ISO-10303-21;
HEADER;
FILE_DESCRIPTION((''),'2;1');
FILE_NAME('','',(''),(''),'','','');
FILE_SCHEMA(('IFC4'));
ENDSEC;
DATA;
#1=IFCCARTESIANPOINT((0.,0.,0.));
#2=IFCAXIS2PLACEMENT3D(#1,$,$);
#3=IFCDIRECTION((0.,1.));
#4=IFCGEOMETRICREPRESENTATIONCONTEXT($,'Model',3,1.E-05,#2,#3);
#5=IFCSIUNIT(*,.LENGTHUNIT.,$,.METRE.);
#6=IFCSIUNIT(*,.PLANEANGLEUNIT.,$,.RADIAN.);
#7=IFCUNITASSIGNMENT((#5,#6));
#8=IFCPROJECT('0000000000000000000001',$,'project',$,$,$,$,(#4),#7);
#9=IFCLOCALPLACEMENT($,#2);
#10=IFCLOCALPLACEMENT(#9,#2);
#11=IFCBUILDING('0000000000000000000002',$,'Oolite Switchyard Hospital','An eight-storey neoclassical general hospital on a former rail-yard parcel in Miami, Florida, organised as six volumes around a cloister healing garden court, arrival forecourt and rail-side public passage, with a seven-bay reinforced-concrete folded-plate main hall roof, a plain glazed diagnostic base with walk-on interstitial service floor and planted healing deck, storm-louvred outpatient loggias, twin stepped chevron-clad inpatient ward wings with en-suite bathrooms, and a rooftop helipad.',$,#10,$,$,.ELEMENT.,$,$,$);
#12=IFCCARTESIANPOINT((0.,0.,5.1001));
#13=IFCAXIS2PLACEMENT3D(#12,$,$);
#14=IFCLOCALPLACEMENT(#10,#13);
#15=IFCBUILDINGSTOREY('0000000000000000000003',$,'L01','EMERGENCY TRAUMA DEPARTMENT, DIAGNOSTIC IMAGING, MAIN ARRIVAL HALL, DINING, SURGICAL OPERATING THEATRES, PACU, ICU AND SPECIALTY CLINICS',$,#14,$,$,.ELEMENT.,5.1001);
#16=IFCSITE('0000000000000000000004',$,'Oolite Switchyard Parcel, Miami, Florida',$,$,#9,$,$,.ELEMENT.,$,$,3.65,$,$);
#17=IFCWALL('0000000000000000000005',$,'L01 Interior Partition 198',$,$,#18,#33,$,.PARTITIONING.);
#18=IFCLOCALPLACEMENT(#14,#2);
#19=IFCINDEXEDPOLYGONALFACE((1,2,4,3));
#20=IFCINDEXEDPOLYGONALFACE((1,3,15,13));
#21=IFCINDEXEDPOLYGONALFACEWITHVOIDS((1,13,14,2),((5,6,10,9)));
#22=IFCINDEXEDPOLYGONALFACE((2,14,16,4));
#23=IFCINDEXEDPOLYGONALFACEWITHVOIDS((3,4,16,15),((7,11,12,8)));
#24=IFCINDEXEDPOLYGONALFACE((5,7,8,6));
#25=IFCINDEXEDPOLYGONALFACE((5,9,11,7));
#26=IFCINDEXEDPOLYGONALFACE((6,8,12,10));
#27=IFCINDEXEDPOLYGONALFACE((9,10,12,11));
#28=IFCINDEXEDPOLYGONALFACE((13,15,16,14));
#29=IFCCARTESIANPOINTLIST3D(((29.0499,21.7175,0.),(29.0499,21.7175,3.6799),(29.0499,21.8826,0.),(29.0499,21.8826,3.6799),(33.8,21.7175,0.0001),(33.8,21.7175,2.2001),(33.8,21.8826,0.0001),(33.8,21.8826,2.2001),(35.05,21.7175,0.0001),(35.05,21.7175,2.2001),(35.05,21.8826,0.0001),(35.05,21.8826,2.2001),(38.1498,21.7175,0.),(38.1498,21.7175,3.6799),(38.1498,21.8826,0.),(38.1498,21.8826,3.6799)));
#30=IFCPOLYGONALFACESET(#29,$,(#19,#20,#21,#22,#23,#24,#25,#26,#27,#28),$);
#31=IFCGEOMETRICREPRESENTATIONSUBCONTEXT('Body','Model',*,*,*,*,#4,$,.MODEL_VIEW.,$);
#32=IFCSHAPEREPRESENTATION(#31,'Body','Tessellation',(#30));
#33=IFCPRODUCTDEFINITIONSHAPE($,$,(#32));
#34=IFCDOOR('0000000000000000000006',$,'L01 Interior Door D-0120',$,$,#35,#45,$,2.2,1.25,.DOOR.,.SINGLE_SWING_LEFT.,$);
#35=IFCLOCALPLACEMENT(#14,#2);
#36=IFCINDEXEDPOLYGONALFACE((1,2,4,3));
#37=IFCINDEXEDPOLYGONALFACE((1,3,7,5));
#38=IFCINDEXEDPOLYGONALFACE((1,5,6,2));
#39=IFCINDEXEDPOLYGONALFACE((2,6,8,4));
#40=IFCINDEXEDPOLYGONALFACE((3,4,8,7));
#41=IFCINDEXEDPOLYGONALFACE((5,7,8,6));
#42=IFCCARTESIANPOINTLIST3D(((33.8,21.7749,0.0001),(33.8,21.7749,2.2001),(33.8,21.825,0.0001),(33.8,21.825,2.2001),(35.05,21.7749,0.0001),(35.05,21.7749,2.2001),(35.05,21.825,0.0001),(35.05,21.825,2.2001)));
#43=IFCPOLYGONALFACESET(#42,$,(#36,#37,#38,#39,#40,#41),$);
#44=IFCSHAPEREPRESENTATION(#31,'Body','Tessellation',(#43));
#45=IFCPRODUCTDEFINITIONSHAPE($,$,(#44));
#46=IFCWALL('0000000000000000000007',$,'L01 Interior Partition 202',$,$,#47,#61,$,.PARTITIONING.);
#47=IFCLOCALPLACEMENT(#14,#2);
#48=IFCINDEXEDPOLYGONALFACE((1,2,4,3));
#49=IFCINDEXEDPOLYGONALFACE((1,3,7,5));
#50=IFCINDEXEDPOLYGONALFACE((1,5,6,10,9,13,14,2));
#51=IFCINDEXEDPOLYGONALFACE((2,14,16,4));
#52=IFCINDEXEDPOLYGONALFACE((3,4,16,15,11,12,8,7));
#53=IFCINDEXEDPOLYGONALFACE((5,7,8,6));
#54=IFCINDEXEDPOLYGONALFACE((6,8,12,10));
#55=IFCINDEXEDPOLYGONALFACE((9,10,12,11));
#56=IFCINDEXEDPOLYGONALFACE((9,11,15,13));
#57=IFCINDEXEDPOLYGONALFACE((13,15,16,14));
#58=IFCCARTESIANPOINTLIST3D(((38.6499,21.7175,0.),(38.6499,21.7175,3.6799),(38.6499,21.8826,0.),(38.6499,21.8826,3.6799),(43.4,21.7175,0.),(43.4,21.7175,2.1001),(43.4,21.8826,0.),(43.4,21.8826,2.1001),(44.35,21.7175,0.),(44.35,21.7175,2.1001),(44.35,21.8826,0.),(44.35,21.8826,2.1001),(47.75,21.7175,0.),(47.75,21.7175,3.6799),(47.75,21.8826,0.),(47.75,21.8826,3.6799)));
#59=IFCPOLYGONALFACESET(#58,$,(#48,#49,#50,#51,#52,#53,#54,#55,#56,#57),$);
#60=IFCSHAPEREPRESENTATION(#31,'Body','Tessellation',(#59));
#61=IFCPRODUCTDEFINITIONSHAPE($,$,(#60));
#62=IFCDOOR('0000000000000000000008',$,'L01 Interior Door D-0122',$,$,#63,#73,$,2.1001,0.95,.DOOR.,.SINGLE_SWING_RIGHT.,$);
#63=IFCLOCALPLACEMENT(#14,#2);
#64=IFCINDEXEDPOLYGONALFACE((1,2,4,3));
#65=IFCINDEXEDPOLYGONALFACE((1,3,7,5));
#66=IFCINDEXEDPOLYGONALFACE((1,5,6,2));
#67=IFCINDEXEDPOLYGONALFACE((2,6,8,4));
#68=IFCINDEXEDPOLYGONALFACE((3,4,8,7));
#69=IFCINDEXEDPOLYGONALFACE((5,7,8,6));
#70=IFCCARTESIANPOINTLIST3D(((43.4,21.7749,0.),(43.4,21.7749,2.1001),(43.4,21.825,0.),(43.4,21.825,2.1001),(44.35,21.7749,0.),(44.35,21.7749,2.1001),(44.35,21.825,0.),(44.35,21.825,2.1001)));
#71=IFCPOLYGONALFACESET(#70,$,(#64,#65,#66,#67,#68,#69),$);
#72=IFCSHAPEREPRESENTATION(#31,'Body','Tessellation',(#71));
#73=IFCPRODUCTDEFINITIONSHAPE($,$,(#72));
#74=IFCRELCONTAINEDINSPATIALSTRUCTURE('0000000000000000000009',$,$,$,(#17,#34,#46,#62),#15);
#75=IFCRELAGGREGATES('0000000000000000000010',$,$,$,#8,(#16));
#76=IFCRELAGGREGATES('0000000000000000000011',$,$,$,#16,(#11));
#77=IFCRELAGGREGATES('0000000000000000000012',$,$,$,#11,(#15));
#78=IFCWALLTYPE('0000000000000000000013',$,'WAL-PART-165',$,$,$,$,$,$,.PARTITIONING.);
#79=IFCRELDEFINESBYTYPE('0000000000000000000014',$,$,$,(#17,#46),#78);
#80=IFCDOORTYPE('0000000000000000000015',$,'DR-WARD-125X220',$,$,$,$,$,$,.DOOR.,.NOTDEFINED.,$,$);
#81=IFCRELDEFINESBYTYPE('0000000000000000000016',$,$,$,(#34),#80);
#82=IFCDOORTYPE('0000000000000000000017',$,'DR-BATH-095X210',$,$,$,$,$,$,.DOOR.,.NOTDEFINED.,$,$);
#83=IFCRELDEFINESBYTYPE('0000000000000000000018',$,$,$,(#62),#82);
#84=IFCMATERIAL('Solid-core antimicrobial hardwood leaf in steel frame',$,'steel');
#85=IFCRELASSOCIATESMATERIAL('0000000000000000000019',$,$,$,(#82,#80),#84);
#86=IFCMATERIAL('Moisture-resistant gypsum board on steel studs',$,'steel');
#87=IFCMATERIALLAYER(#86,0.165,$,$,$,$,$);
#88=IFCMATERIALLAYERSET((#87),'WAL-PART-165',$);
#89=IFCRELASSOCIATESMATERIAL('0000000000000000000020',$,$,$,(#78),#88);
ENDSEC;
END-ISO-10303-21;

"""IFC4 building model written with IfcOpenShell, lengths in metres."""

from ifc_helpers import new_model, si_unit, direction, frame, frame_2d, origin, place, context, subcontext, project, spatial, rectangle, extrude, material, layer, layer_set, type_object, element, fill, save


model = new_model("IFC4")

# Units and contexts
model_context = context("Model", 3, precision=1e-05, world=origin(), true_north=direction((0.0, 1.0)))
body_context = subcontext(model_context, "Body", "Model", "MODEL_VIEW")
ifc_project = project(units=[si_unit("LENGTHUNIT", "METRE"), si_unit("PLANEANGLEUNIT", "RADIAN")], contexts=[model_context])

# Site, building, storey
site_placement = place(None, origin())
site = spatial("IfcSite", under=ifc_project, at=site_placement, Name="Oolite Switchyard Parcel, Miami, Florida", CompositionType="ELEMENT", RefElevation=3.65)
building_placement = place(site_placement, origin())
building = spatial("IfcBuilding", under=site, at=building_placement, Name="Oolite Switchyard Hospital", Description="An eight-storey neoclassical general hospital on a former rail-yard parcel in Miami, Florida, organised as six volumes around a cloister healing garden court, arrival forecourt and rail-side public passage, with a seven-bay reinforced-concrete folded-plate main hall roof, a plain glazed diagnostic base with walk-on interstitial service floor and planted healing deck, storm-louvred outpatient loggias, twin stepped chevron-clad inpatient ward wings with en-suite bathrooms, and a rooftop helipad.", CompositionType="ELEMENT")
storey_placement = place(building_placement, frame((0.0, 0.0, 5.1001)))
storey = spatial("IfcBuildingStorey", under=building, at=storey_placement, Name="L01", Description="EMERGENCY TRAUMA DEPARTMENT, DIAGNOSTIC IMAGING, MAIN ARRIVAL HALL, DINING, SURGICAL OPERATING THEATRES, PACU, ICU AND SPECIALTY CLINICS", CompositionType="ELEMENT", Elevation=5.1001)

# Shared definitions
ifc_material_1 = material(Name="Moisture-resistant gypsum board on steel studs", Category="steel")

# Shared definitions
ifc_material_2 = material(Name="Solid-core antimicrobial hardwood leaf in steel frame", Category="steel")
door_type_1 = type_object("IfcDoorType", Name="DR-BATH-095X210", OperationType="NOTDEFINED", PredefinedType="DOOR", material=ifc_material_2)

# Walls, openings, doors
ifc_layer_1 = layer(ifc_material_1, 0.165)
ifc_layer_set_1 = layer_set([ifc_layer_1], Name="WAL-PART-165")
wall_type_1 = type_object("IfcWallType", Name="WAL-PART-165", PredefinedType="PARTITIONING", material=ifc_layer_set_1)
wall_1_placement = place(storey_placement, frame((29.05, 21.8, 0.0), z_axis=(0.0, 0.0, 1.0), x_axis=(1.0, 0.0, 0.0)))
wall_1 = element("IfcWall", 1, at=wall_1_placement, inside=storey, type_object=wall_type_1, Name="L01 Interior Partition 198", PredefinedType="PARTITIONING", context=body_context, shape_type="SweptSolid", body=[
    extrude(rectangle(XDim=9.0999, YDim=0.165, at=frame_2d((4.5498, 0.0))), origin(), (0.0, 0.0, 1.0), 3.6799),
])
opening_1_placement = place(wall_1_placement, frame((4.75, 0.0, 0.0)))
opening_1 = element("IfcOpeningElement", 2, at=opening_1_placement, cuts=wall_1, PredefinedType="OPENING", context=body_context, shape_type="SweptSolid", body=[
    extrude(rectangle(XDim=1.25, YDim=2.2, at=frame_2d((0.625, 1.1001))), frame((0.0, 0.0925, 0.0), z_axis=(0.0, -1.0, 0.0), x_axis=(1.0, 0.0, 0.0)), (0.0, 0.0, 1.0), 0.1851),
])
door_type_2 = type_object("IfcDoorType", Name="DR-WARD-125X220", OperationType="NOTDEFINED", PredefinedType="DOOR", material=ifc_material_2)
door_1_placement = place(opening_1_placement, origin())
door_1 = element("IfcDoor", 3, at=door_1_placement, inside=storey, type_object=door_type_2, Name="L01 Interior Door D-0120", OperationType="SINGLE_SWING_LEFT", OverallHeight=2.2, OverallWidth=1.25, PredefinedType="DOOR", context=body_context, shape_type="SweptSolid", body=[
    extrude(rectangle(XDim=1.25, YDim=2.2, at=frame_2d((0.625, 1.1001))), frame((0.0, 0.0249, 0.0), z_axis=(0.0, -1.0, 0.0), x_axis=(1.0, 0.0, 0.0)), (0.0, 0.0, 1.0), 0.05),
])
fill(opening_1, door_1)
wall_2_placement = place(storey_placement, frame((38.6499, 21.8, 0.0), z_axis=(0.0, 0.0, 1.0), x_axis=(1.0, 0.0, 0.0)))
wall_2 = element("IfcWall", 4, at=wall_2_placement, inside=storey, type_object=wall_type_1, Name="L01 Interior Partition 202", PredefinedType="PARTITIONING", context=body_context, shape_type="SweptSolid", body=[
    extrude(rectangle(XDim=9.1001, YDim=0.165, at=frame_2d((4.55, 0.0))), origin(), (0.0, 0.0, 1.0), 3.6799),
])
opening_2_placement = place(wall_2_placement, frame((4.75, 0.0, 0.0)))
opening_2 = element("IfcOpeningElement", 5, at=opening_2_placement, cuts=wall_2, PredefinedType="OPENING", context=body_context, shape_type="SweptSolid", body=[
    extrude(rectangle(XDim=0.95, YDim=2.1001, at=frame_2d((0.4751, 1.05))), frame((0.0, 0.0925, 0.0), z_axis=(0.0, -1.0, 0.0), x_axis=(1.0, 0.0, 0.0)), (0.0, 0.0, 1.0), 0.1851),
])
door_2_placement = place(opening_2_placement, origin())
door_2 = element("IfcDoor", 6, at=door_2_placement, inside=storey, type_object=door_type_1, Name="L01 Interior Door D-0122", OperationType="SINGLE_SWING_RIGHT", OverallHeight=2.1001, OverallWidth=0.95, PredefinedType="DOOR", context=body_context, shape_type="SweptSolid", body=[
    extrude(rectangle(XDim=0.95, YDim=2.1001, at=frame_2d((0.4751, 1.05))), frame((0.0, 0.0249, 0.0), z_axis=(0.0, -1.0, 0.0), x_axis=(1.0, 0.0, 0.0)), (0.0, 0.0, 1.0), 0.05),
])
fill(opening_2, door_2)

save(model, "model.ifc")
